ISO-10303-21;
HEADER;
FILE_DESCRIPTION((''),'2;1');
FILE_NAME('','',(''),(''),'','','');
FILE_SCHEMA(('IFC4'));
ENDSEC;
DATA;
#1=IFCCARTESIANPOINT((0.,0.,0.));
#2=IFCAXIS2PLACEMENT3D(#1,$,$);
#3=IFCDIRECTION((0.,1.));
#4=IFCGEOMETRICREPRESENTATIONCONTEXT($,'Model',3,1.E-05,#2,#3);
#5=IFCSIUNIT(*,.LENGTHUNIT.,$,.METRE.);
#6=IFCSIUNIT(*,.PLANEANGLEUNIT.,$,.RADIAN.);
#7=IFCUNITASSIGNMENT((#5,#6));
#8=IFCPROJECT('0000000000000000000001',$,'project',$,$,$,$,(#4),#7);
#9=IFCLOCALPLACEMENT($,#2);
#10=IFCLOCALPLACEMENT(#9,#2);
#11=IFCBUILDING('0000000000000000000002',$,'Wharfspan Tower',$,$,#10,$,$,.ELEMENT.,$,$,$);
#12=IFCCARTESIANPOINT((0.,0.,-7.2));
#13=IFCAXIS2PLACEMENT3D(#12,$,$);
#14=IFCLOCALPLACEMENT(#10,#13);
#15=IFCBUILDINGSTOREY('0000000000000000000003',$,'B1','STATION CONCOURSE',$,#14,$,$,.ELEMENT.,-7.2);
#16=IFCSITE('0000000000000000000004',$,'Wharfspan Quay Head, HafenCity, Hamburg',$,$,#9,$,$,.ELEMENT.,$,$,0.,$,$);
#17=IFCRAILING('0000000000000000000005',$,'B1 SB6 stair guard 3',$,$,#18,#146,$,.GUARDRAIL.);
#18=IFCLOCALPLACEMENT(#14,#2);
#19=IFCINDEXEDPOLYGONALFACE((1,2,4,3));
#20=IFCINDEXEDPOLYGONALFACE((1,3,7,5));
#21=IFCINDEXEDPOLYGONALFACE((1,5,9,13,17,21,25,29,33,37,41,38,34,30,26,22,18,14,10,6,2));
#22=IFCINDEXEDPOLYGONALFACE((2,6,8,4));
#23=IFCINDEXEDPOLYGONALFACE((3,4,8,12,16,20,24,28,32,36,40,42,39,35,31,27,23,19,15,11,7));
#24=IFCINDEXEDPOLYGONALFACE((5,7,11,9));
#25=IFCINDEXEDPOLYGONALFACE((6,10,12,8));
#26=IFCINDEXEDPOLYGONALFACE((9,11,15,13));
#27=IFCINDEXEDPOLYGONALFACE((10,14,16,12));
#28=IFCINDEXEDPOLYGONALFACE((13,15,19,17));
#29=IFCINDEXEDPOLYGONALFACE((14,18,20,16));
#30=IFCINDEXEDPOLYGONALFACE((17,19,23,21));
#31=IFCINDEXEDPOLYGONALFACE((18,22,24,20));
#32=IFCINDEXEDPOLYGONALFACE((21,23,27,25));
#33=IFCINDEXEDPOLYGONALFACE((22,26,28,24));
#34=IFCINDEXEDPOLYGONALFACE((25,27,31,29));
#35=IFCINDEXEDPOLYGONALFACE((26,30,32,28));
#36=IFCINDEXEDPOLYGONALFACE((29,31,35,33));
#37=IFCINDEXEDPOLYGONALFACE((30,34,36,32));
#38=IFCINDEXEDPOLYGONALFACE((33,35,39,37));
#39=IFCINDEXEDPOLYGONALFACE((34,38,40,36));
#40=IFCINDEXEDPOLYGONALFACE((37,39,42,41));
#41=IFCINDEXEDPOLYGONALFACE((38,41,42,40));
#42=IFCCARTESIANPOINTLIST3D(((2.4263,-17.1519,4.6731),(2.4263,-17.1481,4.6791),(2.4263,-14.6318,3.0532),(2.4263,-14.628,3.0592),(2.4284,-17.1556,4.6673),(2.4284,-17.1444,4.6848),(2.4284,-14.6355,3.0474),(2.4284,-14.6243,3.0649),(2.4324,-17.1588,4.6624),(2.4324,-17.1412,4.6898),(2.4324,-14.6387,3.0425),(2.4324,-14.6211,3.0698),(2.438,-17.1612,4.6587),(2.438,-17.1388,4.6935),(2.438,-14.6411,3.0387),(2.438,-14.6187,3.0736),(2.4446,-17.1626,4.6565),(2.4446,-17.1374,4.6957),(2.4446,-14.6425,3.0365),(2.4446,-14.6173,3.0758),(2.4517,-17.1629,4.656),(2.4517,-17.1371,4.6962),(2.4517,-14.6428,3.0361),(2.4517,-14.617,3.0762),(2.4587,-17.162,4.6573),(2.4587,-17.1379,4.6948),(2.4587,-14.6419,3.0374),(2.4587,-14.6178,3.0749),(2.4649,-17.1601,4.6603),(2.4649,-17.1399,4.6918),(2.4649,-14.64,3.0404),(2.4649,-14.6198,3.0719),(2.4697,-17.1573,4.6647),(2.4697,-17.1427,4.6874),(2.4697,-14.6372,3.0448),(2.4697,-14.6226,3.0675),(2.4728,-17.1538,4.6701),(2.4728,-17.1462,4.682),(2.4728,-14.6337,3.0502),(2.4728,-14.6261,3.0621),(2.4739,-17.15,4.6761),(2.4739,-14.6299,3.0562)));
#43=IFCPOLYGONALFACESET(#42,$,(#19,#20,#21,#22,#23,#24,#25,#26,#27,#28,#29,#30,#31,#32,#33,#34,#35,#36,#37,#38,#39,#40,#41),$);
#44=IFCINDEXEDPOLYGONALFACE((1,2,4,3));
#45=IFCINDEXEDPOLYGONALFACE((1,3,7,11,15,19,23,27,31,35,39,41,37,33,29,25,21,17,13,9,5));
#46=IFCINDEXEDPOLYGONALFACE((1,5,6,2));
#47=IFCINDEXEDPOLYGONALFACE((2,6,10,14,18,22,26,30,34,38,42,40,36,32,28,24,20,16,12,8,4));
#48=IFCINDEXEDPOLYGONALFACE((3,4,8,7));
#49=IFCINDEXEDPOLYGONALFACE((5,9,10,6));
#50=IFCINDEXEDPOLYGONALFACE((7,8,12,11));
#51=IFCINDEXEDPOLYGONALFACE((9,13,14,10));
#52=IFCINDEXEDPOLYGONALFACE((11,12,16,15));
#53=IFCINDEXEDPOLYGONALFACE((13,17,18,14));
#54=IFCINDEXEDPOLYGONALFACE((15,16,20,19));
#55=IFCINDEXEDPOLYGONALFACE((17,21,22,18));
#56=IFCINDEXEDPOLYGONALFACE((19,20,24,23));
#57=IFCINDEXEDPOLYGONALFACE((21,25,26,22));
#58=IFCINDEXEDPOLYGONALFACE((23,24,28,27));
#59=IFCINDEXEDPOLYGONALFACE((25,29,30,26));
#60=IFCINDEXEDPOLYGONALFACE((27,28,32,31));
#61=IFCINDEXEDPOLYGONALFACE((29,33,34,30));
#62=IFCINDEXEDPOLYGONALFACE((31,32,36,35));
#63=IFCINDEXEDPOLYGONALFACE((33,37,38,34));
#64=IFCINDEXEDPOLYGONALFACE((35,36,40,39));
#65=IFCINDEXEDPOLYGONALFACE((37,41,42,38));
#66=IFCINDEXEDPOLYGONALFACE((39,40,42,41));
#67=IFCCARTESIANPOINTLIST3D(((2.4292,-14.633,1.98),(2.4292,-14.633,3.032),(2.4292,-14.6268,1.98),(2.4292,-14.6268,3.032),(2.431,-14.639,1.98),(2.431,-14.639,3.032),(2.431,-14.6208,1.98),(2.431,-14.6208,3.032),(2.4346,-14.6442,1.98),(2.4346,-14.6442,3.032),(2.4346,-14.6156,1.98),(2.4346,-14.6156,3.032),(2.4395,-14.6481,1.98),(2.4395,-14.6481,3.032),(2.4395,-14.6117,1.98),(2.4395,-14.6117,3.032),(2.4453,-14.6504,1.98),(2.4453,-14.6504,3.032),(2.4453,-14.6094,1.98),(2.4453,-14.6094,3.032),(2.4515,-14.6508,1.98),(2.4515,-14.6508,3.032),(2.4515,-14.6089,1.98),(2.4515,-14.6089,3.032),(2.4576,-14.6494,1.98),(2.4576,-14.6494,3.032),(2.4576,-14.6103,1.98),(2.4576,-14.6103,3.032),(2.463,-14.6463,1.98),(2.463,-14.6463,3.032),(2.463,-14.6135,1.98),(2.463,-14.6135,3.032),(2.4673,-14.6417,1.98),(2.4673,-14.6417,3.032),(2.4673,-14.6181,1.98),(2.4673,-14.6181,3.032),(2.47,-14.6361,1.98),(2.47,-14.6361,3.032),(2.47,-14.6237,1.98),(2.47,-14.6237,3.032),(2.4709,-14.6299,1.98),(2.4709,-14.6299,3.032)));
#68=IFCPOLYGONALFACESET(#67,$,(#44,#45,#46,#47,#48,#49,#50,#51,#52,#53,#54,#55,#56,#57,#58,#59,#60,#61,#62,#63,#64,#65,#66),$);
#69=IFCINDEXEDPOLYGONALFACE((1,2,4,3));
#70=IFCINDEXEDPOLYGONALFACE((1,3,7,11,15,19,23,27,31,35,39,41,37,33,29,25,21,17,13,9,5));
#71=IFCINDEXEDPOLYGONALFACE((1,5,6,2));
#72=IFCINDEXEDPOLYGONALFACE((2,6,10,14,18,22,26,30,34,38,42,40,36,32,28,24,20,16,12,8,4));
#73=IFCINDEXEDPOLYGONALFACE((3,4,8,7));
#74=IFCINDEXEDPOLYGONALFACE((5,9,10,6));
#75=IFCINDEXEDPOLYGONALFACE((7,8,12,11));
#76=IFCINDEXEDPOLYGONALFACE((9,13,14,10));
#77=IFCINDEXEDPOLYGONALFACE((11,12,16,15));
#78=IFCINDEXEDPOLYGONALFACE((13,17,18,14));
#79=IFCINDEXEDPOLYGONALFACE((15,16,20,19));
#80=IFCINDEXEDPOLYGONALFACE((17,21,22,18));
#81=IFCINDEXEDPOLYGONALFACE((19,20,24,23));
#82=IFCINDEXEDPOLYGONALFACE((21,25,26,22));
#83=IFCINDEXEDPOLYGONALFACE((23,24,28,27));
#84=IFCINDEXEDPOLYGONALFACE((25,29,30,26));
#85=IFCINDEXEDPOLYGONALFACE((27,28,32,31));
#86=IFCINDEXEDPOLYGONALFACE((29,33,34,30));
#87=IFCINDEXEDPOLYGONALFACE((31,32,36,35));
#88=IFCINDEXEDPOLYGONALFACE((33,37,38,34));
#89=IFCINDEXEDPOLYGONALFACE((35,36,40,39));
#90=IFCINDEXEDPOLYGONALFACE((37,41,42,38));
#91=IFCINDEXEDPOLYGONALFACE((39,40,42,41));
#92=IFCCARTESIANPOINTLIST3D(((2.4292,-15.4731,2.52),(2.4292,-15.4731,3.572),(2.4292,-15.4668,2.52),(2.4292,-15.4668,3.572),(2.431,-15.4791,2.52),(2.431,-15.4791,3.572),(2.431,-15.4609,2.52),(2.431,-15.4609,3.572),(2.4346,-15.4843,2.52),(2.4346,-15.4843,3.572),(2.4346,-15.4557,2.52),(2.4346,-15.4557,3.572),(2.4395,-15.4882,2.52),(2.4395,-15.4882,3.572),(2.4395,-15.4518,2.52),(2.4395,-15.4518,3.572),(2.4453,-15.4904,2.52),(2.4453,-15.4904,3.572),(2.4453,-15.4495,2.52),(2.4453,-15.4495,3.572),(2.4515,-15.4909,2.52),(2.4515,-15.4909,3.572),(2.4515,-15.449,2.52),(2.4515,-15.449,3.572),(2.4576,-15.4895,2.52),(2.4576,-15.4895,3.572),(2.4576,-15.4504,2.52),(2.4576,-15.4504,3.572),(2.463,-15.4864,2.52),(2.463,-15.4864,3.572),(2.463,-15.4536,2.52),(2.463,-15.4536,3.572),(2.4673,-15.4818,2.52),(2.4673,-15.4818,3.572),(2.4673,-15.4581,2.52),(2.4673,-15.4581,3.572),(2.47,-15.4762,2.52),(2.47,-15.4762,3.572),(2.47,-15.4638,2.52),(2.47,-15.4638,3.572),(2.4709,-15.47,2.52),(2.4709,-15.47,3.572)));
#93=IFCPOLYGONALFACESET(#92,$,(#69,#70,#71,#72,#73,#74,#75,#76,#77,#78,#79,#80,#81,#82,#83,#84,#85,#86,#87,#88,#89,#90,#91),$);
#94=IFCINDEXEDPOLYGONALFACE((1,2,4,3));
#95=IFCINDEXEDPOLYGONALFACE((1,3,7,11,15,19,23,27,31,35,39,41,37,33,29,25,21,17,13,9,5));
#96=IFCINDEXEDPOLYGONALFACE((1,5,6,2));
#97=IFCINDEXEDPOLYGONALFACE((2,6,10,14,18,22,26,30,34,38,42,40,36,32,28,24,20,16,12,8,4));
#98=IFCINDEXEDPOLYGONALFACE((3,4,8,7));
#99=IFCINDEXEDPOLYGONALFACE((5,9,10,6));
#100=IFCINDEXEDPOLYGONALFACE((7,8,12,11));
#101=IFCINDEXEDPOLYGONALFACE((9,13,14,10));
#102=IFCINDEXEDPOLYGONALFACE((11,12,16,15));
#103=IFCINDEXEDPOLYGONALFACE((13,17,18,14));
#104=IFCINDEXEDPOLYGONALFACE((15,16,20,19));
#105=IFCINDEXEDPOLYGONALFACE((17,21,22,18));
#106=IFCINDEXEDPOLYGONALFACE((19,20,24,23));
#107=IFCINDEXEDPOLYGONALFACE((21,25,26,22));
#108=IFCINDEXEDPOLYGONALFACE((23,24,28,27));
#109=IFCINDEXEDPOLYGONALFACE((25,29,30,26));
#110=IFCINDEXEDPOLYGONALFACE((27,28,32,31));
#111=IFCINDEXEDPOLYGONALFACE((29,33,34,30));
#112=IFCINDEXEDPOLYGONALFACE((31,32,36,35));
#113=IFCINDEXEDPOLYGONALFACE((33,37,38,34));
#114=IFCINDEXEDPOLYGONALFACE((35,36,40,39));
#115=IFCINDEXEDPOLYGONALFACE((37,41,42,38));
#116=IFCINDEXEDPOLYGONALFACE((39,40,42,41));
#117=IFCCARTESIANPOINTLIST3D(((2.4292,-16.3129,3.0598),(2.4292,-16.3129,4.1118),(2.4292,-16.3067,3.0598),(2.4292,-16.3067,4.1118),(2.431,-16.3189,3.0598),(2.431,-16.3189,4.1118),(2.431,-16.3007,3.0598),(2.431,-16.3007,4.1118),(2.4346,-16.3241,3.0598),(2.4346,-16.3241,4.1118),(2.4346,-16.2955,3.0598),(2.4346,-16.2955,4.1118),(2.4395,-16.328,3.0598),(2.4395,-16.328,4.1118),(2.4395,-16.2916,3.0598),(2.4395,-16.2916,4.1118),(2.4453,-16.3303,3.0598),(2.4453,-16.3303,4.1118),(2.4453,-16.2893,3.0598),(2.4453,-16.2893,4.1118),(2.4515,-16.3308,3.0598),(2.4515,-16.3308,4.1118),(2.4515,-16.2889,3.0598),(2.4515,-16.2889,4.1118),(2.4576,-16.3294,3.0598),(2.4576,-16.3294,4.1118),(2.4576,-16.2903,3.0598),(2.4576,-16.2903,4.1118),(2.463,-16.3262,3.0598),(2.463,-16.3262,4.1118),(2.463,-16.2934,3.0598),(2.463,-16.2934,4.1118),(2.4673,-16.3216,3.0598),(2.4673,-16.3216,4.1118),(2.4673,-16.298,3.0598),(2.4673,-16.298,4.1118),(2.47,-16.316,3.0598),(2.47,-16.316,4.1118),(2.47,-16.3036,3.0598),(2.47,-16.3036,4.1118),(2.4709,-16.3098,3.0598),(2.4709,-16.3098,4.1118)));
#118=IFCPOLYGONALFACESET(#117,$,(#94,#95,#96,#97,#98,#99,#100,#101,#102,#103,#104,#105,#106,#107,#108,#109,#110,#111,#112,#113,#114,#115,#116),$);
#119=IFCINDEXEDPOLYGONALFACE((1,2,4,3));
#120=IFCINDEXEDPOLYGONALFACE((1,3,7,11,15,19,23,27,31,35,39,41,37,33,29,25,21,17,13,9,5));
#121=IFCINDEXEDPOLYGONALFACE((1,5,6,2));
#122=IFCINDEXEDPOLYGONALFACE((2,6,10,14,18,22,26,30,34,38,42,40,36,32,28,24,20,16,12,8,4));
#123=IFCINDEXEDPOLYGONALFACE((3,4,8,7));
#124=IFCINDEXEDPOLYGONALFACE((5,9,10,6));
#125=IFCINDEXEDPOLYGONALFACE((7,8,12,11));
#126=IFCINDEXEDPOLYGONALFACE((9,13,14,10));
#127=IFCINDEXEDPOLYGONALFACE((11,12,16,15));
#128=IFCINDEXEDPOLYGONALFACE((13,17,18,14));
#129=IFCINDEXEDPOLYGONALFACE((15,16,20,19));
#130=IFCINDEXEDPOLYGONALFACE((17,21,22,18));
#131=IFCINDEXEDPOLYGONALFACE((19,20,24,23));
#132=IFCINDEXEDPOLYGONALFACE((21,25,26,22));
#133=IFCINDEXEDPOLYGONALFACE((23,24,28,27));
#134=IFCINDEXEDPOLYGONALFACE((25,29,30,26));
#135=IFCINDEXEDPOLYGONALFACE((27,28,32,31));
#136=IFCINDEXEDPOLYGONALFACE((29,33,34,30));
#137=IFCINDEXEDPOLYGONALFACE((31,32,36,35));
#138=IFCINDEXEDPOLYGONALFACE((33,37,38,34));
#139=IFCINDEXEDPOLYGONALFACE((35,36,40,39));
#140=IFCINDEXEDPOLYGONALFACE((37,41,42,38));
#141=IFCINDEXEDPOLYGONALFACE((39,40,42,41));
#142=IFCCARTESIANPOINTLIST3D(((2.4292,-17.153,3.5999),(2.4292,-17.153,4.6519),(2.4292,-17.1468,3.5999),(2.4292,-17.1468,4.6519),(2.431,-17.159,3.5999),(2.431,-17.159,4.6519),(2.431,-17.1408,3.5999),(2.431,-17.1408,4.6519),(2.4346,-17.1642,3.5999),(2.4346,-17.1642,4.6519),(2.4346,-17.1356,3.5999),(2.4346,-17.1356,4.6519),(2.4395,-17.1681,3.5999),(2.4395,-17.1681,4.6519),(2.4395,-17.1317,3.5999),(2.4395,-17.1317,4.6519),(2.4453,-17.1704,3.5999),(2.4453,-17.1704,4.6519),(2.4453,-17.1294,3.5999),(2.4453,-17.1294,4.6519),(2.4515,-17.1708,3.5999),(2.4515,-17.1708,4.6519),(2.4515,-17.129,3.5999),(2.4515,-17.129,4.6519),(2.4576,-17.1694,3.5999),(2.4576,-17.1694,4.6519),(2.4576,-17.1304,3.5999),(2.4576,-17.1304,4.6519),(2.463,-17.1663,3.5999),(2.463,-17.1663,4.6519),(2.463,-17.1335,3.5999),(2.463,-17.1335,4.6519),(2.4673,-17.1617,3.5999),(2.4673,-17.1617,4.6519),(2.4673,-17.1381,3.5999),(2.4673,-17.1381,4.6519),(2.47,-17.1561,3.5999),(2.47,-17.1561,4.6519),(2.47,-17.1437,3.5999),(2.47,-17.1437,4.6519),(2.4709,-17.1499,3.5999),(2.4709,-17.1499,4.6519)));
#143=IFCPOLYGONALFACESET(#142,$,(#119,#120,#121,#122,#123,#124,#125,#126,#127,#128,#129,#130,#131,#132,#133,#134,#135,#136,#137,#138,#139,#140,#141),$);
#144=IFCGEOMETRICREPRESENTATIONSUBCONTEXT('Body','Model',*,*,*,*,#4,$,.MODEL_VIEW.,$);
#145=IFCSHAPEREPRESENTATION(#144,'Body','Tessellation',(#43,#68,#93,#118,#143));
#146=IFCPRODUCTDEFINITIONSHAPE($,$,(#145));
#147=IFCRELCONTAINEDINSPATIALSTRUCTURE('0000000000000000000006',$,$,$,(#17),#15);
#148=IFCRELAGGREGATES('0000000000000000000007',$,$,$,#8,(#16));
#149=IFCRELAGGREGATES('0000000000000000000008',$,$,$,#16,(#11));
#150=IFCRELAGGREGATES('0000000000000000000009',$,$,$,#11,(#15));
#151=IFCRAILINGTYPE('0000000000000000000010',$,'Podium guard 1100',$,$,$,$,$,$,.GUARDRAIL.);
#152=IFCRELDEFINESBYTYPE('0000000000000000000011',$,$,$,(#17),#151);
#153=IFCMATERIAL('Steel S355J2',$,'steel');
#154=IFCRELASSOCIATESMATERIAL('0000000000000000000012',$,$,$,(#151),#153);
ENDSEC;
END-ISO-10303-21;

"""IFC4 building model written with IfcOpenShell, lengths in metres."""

from ifc_helpers import new_model, si_unit, direction, frame, origin, origin_2d, place, context, subcontext, project, spatial, circle, extrude, material, type_object, element, save


model = new_model("IFC4")

# Units and contexts
model_context = context("Model", 3, precision=1e-05, world=origin(), true_north=direction((0.0, 1.0)))
body_context = subcontext(model_context, "Body", "Model", "MODEL_VIEW")
ifc_project = project(units=[si_unit("LENGTHUNIT", "METRE"), si_unit("PLANEANGLEUNIT", "RADIAN")], contexts=[model_context])

# Site, building, storey
site_placement = place(None, origin())
site = spatial("IfcSite", under=ifc_project, at=site_placement, Name="Wharfspan Quay Head, HafenCity, Hamburg", CompositionType="ELEMENT", RefElevation=0.0)
building_placement = place(site_placement, origin())
building = spatial("IfcBuilding", under=site, at=building_placement, Name="Wharfspan Tower", CompositionType="ELEMENT")
storey_placement = place(building_placement, frame((0.0, 0.0, -7.2)))
storey = spatial("IfcBuildingStorey", under=building, at=storey_placement, Name="B1", Description="STATION CONCOURSE", CompositionType="ELEMENT", Elevation=-7.2)

# Railing
ifc_material_1 = material(Name="Steel S355J2", Category="steel")
railing_type = type_object("IfcRailingType", Name="Podium guard 1100", PredefinedType="GUARDRAIL", material=ifc_material_1)
railing_1_placement = place(storey_placement, frame((2.45, -14.6299, 1.98)))
element("IfcRailing", 1, at=railing_1_placement, inside=storey, type_object=railing_type, Name="B1 SB6 stair guard 3", PredefinedType="GUARDRAIL", context=body_context, shape_type="SweptSolid", body=[
    extrude(circle(Radius=0.0239, at=origin_2d()), frame((0.0, 0.0, 1.0762), z_axis=(0.0, -0.8412, 0.540725), x_axis=(1.0, 0.0, 0.0)), (0.0, 0.0, 1.0), 2.9958),
    extrude(circle(Radius=0.021, at=origin_2d()), origin(), (0.0, 0.0, 1.0), 1.052),
    extrude(circle(Radius=0.021, at=origin_2d()), frame((0.0, -0.8401, 0.54)), (0.0, 0.0, 1.0), 1.052),
    extrude(circle(Radius=0.021, at=origin_2d()), frame((0.0, -1.6799, 1.0798)), (0.0, 0.0, 1.0), 1.052),
    extrude(circle(Radius=0.021, at=origin_2d()), frame((0.0, -2.52, 1.6199)), (0.0, 0.0, 1.0), 1.052),
])

save(model, "model.ifc")
